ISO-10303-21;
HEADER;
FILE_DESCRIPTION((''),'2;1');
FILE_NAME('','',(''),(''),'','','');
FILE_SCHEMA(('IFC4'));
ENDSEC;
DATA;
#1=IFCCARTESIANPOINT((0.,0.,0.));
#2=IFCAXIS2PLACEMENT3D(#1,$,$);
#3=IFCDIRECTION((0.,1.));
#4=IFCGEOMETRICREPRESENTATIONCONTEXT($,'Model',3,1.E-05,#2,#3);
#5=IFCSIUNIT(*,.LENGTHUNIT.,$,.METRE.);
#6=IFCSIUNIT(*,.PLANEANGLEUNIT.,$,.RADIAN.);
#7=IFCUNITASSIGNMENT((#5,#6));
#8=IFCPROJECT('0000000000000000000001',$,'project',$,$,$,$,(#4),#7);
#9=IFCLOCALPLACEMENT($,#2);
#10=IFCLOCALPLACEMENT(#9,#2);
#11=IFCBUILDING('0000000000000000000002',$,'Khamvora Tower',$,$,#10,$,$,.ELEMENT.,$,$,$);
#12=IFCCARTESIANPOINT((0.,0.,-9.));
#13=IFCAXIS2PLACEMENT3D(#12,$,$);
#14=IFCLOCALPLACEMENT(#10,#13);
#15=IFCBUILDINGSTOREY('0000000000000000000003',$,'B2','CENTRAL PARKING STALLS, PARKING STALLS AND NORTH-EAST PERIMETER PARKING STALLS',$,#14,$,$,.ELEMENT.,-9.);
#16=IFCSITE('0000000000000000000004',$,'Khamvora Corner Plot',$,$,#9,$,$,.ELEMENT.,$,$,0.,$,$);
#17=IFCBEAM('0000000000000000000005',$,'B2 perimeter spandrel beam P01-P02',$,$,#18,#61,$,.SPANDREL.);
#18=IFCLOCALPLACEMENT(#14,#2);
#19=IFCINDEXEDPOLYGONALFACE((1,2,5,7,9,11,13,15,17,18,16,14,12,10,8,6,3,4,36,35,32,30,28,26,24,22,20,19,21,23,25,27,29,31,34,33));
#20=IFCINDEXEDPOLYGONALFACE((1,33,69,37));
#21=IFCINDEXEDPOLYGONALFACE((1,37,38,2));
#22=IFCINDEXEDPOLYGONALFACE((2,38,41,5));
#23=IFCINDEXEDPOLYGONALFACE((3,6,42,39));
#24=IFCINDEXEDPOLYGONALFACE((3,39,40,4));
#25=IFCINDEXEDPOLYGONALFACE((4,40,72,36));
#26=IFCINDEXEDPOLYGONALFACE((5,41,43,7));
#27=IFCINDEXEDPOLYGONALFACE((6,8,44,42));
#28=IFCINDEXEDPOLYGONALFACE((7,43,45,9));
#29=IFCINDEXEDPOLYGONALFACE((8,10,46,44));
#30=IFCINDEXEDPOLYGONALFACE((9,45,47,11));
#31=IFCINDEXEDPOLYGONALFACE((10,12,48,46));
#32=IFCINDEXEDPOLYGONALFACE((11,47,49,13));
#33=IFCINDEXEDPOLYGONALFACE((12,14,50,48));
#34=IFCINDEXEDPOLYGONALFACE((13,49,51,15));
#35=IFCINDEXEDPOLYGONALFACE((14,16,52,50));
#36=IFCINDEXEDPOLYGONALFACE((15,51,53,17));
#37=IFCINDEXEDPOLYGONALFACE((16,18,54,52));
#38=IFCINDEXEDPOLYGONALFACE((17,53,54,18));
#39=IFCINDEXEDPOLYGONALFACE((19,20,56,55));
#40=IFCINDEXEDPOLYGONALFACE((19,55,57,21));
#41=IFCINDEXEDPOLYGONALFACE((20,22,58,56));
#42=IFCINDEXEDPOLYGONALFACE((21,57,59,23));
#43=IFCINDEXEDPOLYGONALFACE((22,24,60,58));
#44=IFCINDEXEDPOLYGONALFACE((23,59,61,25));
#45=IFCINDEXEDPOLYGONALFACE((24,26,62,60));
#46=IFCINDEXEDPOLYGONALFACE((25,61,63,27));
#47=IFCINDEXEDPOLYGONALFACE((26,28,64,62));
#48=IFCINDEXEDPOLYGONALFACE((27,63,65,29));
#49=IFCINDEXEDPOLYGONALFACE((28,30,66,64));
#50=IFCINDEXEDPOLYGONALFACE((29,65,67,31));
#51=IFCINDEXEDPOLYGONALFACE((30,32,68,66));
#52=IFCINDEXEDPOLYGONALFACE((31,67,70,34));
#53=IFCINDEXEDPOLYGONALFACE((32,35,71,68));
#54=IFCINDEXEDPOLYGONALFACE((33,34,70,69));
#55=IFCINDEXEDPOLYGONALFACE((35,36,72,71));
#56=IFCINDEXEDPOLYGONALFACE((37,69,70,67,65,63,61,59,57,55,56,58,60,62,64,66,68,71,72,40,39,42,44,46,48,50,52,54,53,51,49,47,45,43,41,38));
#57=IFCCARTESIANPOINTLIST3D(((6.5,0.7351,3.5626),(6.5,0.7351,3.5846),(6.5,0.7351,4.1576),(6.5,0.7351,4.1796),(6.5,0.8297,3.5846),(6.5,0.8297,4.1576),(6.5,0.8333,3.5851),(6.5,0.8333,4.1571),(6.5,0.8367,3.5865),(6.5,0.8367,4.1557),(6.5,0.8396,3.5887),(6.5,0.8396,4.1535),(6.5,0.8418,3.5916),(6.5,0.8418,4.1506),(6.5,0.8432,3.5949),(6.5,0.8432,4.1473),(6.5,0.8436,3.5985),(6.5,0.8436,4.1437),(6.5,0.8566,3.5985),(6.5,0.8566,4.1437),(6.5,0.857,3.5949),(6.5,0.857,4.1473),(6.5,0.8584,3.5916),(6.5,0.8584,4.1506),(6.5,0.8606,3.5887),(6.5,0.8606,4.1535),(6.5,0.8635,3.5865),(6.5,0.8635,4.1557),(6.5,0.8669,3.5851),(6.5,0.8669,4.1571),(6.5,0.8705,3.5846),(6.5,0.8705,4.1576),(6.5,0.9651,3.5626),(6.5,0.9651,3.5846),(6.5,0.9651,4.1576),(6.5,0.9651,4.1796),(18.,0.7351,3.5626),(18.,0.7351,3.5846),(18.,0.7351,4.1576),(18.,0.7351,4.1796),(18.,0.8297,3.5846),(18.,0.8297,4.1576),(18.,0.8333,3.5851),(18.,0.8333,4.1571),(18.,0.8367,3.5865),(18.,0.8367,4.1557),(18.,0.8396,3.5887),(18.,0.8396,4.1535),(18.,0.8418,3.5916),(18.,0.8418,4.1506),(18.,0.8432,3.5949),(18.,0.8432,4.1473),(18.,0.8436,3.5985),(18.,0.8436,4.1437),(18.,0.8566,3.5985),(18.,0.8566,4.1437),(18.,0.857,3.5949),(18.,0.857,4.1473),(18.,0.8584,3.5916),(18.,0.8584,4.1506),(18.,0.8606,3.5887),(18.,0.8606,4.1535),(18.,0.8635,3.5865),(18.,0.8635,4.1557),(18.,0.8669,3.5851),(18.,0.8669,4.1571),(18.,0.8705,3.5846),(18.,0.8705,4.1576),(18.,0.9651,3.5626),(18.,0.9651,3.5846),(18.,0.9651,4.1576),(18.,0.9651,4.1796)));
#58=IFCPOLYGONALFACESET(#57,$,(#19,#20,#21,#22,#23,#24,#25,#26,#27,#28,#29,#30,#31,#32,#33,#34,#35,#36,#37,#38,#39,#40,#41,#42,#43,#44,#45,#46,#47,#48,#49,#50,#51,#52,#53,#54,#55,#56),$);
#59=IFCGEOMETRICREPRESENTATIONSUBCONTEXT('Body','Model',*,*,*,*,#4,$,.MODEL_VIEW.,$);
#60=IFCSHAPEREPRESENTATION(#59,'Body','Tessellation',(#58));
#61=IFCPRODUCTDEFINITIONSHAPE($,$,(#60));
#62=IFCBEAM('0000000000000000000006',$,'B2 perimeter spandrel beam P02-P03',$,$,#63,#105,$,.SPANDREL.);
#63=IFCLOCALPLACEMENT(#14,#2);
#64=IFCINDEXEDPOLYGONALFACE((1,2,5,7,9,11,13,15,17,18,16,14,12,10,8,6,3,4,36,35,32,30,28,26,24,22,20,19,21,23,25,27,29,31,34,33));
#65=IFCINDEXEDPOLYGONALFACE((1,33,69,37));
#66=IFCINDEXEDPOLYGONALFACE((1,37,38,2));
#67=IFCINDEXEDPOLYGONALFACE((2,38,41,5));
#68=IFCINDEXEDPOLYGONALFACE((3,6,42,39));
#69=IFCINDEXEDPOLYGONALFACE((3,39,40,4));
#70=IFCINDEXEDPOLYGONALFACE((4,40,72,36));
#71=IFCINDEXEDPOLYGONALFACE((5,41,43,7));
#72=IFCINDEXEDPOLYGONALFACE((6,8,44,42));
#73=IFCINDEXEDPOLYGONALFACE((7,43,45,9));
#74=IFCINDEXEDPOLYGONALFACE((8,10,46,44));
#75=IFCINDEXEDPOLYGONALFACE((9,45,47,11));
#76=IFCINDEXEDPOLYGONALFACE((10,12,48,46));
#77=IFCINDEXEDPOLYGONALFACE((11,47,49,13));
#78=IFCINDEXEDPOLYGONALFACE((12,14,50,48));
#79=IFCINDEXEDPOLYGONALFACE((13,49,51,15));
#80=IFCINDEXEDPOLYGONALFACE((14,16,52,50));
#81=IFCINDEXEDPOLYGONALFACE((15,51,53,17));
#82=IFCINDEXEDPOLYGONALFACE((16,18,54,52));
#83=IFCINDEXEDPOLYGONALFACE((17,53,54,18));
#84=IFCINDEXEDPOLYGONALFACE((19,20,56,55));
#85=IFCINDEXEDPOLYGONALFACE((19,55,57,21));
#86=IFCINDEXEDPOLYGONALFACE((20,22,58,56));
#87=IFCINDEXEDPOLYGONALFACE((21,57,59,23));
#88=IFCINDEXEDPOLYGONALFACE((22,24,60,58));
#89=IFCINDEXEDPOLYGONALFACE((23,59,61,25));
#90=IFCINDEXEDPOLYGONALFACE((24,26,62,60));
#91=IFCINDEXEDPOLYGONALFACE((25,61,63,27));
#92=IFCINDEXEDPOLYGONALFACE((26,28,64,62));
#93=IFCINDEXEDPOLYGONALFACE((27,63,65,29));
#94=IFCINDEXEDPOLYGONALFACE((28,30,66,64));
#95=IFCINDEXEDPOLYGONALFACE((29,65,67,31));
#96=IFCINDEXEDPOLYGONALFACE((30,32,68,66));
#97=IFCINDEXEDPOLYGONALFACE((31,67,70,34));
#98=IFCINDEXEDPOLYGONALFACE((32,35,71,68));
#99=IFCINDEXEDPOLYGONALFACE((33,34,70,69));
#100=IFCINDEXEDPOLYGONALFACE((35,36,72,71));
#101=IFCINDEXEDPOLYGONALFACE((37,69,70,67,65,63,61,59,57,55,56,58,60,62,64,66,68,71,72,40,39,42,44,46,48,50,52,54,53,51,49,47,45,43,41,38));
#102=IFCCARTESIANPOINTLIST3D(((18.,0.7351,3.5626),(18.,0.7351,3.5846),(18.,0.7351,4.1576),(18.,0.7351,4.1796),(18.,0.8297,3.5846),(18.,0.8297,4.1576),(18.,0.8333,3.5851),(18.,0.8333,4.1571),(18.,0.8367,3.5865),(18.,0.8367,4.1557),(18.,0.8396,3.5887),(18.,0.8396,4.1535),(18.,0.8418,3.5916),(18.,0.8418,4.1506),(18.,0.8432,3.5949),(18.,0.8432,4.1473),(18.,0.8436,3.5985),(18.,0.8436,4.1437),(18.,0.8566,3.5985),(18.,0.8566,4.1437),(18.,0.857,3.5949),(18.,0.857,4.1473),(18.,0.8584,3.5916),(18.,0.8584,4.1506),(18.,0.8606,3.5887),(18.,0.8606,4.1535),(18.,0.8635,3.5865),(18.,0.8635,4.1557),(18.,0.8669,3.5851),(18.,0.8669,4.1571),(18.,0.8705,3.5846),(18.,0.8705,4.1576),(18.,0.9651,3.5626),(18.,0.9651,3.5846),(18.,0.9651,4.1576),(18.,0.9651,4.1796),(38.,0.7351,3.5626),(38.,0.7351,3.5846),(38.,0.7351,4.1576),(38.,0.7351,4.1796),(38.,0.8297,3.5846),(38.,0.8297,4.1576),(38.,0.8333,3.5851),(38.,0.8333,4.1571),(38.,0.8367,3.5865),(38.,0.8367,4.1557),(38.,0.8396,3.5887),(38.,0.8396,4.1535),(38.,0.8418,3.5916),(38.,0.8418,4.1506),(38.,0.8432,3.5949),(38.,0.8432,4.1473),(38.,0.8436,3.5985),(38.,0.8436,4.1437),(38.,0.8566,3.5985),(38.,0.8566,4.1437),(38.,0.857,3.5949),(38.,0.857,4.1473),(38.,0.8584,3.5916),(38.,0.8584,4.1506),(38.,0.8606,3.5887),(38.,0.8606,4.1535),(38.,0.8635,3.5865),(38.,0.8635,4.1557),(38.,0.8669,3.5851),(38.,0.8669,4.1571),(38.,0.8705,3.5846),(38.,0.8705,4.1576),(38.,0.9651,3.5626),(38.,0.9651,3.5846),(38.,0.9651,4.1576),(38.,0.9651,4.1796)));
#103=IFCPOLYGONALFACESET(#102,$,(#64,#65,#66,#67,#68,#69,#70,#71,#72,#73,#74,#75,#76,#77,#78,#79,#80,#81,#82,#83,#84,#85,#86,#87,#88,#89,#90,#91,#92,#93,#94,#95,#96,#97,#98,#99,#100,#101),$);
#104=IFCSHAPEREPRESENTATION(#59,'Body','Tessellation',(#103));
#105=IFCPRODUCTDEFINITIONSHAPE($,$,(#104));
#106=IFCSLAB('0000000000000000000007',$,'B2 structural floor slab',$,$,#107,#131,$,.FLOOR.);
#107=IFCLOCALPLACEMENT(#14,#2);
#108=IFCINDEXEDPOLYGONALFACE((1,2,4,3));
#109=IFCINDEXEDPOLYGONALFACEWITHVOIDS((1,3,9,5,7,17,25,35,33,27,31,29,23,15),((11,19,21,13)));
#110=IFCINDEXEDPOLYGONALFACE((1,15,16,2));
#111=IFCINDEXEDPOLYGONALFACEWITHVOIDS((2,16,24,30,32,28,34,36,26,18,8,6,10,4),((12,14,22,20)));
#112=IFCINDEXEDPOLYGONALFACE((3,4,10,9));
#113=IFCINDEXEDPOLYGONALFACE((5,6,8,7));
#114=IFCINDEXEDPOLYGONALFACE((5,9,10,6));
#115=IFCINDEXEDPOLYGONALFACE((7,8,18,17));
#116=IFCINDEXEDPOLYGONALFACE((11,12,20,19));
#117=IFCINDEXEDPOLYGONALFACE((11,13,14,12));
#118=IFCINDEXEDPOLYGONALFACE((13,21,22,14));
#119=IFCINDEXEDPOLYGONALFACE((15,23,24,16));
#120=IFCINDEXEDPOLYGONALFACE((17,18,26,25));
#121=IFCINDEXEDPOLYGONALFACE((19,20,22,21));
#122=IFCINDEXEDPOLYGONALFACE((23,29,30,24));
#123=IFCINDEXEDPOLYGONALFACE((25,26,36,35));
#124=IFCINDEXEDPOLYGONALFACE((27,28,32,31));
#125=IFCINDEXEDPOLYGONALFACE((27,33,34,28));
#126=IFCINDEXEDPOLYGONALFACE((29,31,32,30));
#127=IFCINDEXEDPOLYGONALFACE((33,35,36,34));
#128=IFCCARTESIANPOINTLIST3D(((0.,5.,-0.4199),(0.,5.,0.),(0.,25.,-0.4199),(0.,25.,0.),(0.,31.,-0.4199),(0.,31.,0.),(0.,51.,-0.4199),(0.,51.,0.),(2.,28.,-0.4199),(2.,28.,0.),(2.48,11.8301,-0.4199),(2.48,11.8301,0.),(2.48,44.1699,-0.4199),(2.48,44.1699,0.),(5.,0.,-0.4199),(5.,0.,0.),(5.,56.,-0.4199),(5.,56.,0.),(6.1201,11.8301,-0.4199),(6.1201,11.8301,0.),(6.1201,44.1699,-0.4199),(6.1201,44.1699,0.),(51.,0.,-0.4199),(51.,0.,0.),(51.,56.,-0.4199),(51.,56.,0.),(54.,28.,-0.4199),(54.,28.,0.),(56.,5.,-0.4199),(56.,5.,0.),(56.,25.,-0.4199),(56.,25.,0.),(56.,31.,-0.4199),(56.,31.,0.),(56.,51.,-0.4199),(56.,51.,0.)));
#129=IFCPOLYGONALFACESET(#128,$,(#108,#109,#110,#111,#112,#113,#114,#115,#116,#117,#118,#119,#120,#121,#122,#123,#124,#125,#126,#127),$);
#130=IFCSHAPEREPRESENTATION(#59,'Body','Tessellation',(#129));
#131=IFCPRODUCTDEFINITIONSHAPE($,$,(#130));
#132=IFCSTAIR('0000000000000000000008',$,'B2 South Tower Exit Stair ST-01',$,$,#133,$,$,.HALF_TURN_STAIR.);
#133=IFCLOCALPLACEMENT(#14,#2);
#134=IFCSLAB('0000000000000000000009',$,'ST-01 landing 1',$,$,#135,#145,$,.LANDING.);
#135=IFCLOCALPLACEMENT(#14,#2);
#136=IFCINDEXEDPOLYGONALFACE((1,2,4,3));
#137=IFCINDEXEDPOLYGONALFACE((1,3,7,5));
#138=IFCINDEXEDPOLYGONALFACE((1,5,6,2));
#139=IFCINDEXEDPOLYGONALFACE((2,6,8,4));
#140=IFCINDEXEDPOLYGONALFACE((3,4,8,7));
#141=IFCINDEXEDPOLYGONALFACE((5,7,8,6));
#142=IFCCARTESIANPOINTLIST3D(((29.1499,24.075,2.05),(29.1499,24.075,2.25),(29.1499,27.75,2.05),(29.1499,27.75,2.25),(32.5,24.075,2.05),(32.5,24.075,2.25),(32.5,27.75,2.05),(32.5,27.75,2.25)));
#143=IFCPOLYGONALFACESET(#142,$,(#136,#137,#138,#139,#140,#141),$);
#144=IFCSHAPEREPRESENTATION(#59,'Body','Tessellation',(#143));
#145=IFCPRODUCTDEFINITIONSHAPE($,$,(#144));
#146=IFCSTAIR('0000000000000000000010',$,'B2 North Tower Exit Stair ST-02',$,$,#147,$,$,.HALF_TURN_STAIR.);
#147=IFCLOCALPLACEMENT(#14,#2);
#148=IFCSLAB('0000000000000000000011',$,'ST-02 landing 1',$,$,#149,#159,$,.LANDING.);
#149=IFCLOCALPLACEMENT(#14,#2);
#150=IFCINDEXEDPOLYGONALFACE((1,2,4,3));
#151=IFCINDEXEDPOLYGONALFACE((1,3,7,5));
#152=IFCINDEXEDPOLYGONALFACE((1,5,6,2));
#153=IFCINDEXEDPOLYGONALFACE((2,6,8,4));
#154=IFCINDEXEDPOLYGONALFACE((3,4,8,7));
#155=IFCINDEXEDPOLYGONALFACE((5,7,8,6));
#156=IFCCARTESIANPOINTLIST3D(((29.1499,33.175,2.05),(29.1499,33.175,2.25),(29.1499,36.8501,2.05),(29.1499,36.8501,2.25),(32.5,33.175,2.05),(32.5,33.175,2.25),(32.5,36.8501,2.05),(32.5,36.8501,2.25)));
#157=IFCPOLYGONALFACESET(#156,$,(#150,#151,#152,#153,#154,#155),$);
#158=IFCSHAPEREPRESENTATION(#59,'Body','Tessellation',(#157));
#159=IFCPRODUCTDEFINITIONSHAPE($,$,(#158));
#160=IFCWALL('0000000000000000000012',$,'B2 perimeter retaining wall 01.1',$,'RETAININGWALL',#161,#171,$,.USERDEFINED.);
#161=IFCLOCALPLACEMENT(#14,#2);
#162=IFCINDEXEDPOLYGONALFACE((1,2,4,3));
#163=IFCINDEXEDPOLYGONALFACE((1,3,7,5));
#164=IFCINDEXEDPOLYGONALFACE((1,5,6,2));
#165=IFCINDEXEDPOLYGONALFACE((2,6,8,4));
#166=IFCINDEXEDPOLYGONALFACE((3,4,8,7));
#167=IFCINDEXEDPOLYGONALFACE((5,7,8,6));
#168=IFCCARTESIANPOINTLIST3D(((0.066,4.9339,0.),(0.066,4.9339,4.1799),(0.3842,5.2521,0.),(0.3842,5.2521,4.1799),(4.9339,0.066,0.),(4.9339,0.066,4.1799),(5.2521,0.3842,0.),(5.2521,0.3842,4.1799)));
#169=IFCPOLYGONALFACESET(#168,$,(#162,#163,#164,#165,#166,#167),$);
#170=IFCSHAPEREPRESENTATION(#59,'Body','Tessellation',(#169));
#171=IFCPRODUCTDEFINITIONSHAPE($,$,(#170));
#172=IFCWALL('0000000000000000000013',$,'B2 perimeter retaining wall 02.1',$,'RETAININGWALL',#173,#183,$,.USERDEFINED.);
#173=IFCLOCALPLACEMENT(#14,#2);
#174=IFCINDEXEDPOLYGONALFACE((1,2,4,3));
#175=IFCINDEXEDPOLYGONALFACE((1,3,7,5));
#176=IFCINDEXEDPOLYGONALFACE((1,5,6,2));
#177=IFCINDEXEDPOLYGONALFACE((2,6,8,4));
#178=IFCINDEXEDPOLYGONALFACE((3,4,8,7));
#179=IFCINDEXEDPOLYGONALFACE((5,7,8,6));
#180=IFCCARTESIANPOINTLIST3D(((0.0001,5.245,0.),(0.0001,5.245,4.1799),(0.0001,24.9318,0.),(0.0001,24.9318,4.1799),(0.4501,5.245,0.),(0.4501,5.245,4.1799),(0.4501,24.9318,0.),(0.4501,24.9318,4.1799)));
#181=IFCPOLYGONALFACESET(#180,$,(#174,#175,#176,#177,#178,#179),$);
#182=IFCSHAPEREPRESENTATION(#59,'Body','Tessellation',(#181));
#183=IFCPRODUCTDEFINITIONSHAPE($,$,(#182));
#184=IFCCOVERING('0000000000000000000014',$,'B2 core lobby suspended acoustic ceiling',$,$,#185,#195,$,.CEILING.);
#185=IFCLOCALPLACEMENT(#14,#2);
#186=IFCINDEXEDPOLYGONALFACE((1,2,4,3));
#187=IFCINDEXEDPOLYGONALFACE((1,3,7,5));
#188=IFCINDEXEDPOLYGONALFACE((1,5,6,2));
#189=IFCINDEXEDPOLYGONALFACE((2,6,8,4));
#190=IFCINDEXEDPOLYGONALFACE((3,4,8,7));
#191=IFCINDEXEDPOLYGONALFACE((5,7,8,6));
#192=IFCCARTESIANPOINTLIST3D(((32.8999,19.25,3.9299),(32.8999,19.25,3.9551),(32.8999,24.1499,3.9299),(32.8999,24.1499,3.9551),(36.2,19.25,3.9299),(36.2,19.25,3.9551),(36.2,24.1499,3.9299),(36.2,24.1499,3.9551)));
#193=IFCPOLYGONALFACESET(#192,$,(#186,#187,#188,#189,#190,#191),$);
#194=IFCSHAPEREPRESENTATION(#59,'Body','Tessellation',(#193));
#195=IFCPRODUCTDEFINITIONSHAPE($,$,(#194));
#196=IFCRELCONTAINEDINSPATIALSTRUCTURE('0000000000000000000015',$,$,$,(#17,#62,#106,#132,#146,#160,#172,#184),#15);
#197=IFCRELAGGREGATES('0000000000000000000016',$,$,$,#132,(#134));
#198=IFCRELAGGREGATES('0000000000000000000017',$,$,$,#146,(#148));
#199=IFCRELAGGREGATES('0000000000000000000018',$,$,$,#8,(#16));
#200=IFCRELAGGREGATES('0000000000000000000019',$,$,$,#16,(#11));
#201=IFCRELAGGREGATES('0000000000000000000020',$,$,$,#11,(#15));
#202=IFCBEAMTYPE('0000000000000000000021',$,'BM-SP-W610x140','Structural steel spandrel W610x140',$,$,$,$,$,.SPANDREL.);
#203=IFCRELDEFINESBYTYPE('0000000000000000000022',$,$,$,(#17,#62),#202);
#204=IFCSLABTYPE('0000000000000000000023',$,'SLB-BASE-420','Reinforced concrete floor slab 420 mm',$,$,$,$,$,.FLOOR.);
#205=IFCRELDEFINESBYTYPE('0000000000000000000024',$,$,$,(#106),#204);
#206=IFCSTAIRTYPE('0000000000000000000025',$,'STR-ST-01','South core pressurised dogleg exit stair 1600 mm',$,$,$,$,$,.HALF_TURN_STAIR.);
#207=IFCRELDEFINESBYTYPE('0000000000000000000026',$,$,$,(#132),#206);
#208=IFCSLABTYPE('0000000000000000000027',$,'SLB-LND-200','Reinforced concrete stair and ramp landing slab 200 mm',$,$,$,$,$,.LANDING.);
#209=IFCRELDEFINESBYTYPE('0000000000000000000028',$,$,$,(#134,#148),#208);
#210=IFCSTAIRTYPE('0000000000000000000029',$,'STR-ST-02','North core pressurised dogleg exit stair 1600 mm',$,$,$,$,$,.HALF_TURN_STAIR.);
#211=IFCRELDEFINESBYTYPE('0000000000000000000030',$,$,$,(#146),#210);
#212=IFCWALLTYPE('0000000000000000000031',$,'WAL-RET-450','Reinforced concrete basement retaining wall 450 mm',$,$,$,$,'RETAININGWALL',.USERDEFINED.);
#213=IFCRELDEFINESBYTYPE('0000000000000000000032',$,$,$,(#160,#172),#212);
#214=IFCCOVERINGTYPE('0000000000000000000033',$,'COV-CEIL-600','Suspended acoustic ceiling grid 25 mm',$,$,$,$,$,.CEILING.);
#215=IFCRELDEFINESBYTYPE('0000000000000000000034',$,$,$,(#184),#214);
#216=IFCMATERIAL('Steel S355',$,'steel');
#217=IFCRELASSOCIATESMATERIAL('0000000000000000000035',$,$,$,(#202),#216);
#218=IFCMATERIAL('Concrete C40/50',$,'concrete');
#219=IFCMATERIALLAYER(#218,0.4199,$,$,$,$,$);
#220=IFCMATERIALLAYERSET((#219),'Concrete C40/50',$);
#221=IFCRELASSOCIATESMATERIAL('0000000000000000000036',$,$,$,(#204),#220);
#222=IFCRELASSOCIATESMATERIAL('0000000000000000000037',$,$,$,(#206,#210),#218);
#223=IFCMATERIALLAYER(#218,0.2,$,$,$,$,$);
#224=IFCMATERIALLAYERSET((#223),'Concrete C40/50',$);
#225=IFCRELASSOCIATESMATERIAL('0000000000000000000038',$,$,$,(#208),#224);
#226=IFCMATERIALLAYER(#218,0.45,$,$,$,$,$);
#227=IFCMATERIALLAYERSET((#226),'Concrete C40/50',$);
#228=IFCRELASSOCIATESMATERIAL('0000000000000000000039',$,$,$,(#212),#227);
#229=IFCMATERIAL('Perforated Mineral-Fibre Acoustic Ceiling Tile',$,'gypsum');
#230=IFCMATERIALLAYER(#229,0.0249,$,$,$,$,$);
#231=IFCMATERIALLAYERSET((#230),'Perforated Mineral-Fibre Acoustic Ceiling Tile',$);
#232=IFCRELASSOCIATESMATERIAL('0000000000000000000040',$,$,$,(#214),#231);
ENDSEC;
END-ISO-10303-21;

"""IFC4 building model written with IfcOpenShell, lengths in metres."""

from ifc_helpers import new_model, si_unit, direction, frame, frame_2d, origin, origin_2d, place, context, subcontext, project, spatial, polyline, rectangle, i_section, outline, extrude, material, layer, layer_set, material_profile, profile_set, type_object, element, aggregate, save


model = new_model("IFC4")

# Units and contexts
model_context = context("Model", 3, precision=1e-05, world=origin(), true_north=direction((0.0, 1.0)))
body_context = subcontext(model_context, "Body", "Model", "MODEL_VIEW")
ifc_project = project(units=[si_unit("LENGTHUNIT", "METRE"), si_unit("PLANEANGLEUNIT", "RADIAN")], contexts=[model_context])

# Site, building, storey
site_placement = place(None, origin())
site = spatial("IfcSite", under=ifc_project, at=site_placement, Name="Khamvora Corner Plot", CompositionType="ELEMENT", RefElevation=0.0)
building_placement = place(site_placement, origin())
building = spatial("IfcBuilding", under=site, at=building_placement, Name="Khamvora Tower", CompositionType="ELEMENT")
storey_placement = place(building_placement, frame((0.0, 0.0, -9.0)))
storey = spatial("IfcBuildingStorey", under=building, at=storey_placement, Name="B2", Description="CENTRAL PARKING STALLS, PARKING STALLS AND NORTH-EAST PERIMETER PARKING STALLS", CompositionType="ELEMENT", Elevation=-9.0)

# Shared definitions
ifc_material_1 = material(Name="Concrete C40/50", Category="concrete")

# Shared definitions
ifc_material_2 = material(Name="Steel S355", Category="steel")

# Beams
ifc_material_profile_1 = material_profile(ifc_material_2, i_section(OverallWidth=0.23, OverallDepth=0.6169, WebThickness=0.0129, FlangeThickness=0.022, FilletRadius=0.0139, at=origin_2d()), Name="W610x140")
ifc_profile_set_1 = profile_set([ifc_material_profile_1], Name="Steel S355")
beam_type_1 = type_object("IfcBeamType", Name="BM-SP-W610x140", Description="Structural steel spandrel W610x140", PredefinedType="SPANDREL", material=ifc_profile_set_1)
beam_1_placement = place(storey_placement, frame((6.5, 0.8501, 3.8711), z_axis=(1.0, 0.0, 0.0), x_axis=(0.0, 1.0, 0.0)))
element("IfcBeam", 1, at=beam_1_placement, inside=storey, type_object=beam_type_1, Name="B2 perimeter spandrel beam P01-P02", PredefinedType="SPANDREL", context=body_context, shape_type="SweptSolid", body=[
    extrude(i_section(OverallWidth=0.23, OverallDepth=0.6169, WebThickness=0.0129, FlangeThickness=0.022, FilletRadius=0.0139, at=origin_2d()), origin(), (0.0, 0.0, 1.0), 11.5),
])
beam_2_placement = place(storey_placement, frame((18.0, 0.8501, 3.8711), z_axis=(1.0, 0.0, 0.0), x_axis=(0.0, 1.0, 0.0)))
element("IfcBeam", 2, at=beam_2_placement, inside=storey, type_object=beam_type_1, Name="B2 perimeter spandrel beam P02-P03", PredefinedType="SPANDREL", context=body_context, shape_type="SweptSolid", body=[
    extrude(i_section(OverallWidth=0.23, OverallDepth=0.6169, WebThickness=0.0129, FlangeThickness=0.022, FilletRadius=0.0139, at=origin_2d()), origin(), (0.0, 0.0, 1.0), 20.0),
])

# Slab
ifc_layer_1 = layer(ifc_material_1, 0.4199)
ifc_layer_set_1 = layer_set([ifc_layer_1], Name="Concrete C40/50")
slab_type_1 = type_object("IfcSlabType", Name="SLB-BASE-420", Description="Reinforced concrete floor slab 420 mm", PredefinedType="FLOOR", material=ifc_layer_set_1)
slab_1_placement = place(storey_placement, frame((0.0, 0.0, -0.4199)))
element("IfcSlab", 3, at=slab_1_placement, inside=storey, type_object=slab_type_1, Name="B2 structural floor slab", PredefinedType="FLOOR", context=body_context, shape_type="SweptSolid", body=[
    extrude(outline(polyline([(5.0, 0.0), (51.0, 0.0), (56.0, 5.0), (56.0, 25.0), (54.0, 28.0), (56.0, 31.0), (56.0, 51.0), (51.0, 56.0), (5.0, 56.0), (0.0, 51.0), (0.0, 31.0), (2.0, 28.0), (0.0, 25.0), (0.0, 5.0), (5.0, 0.0)]), holes=[polyline([(2.48, 11.8301), (6.1201, 11.8301), (6.1201, 44.1699), (2.48, 44.1699), (2.48, 11.8301)])]), origin(), (0.0, 0.0, 1.0), 0.4199),
])

# Stairs, slabs
stair_type_1 = type_object("IfcStairType", Name="STR-ST-01", Description="South core pressurised dogleg exit stair 1600 mm", PredefinedType="HALF_TURN_STAIR", material=ifc_material_1)
stair_1_placement = place(storey_placement, origin())
stair_1 = element("IfcStair", 4, at=stair_1_placement, inside=storey, type_object=stair_type_1, Name="B2 South Tower Exit Stair ST-01", PredefinedType="HALF_TURN_STAIR")
ifc_layer_2 = layer(ifc_material_1, 0.2)
ifc_layer_set_2 = layer_set([ifc_layer_2], Name="Concrete C40/50")
slab_type_2 = type_object("IfcSlabType", Name="SLB-LND-200", Description="Reinforced concrete stair and ramp landing slab 200 mm", PredefinedType="LANDING", material=ifc_layer_set_2)
slab_2_placement = place(storey_placement, frame((0.0, 0.0, 2.05)))
slab_2 = element("IfcSlab", 5, at=slab_2_placement, type_object=slab_type_2, Name="ST-01 landing 1", PredefinedType="LANDING", context=body_context, shape_type="SweptSolid", body=[
    extrude(outline(polyline([(32.5, 24.075), (32.5, 27.75), (29.1499, 27.75), (29.1499, 24.075), (32.5, 24.075)])), origin(), (0.0, 0.0, 1.0), 0.2),
])
aggregate(stair_1, [slab_2])
stair_type_2 = type_object("IfcStairType", Name="STR-ST-02", Description="North core pressurised dogleg exit stair 1600 mm", PredefinedType="HALF_TURN_STAIR", material=ifc_material_1)
stair_2_placement = place(storey_placement, origin())
stair_2 = element("IfcStair", 6, at=stair_2_placement, inside=storey, type_object=stair_type_2, Name="B2 North Tower Exit Stair ST-02", PredefinedType="HALF_TURN_STAIR")
slab_3_placement = place(storey_placement, frame((0.0, 0.0, 2.05)))
slab_3 = element("IfcSlab", 7, at=slab_3_placement, type_object=slab_type_2, Name="ST-02 landing 1", PredefinedType="LANDING", context=body_context, shape_type="SweptSolid", body=[
    extrude(outline(polyline([(32.5, 33.175), (32.5, 36.8501), (29.1499, 36.8501), (29.1499, 33.175), (32.5, 33.175)])), origin(), (0.0, 0.0, 1.0), 0.2),
])
aggregate(stair_2, [slab_3])

# Walls
ifc_layer_3 = layer(ifc_material_1, 0.45)
ifc_layer_set_3 = layer_set([ifc_layer_3], Name="Concrete C40/50")
wall_type = type_object("IfcWallType", Name="WAL-RET-450", Description="Reinforced concrete basement retaining wall 450 mm", ElementType="RETAININGWALL", PredefinedType="USERDEFINED", material=ifc_layer_set_3)
wall_1_placement = place(storey_placement, frame((5.093, 0.2251, 0.0), z_axis=(0.0, 0.0, 1.0), x_axis=(-0.707107, 0.707107, 0.0)))
element("IfcWall", 8, at=wall_1_placement, inside=storey, type_object=wall_type, Name="B2 perimeter retaining wall 01.1", ObjectType="RETAININGWALL", PredefinedType="USERDEFINED", context=body_context, shape_type="SweptSolid", body=[
    extrude(rectangle(XDim=6.8843, YDim=0.45, at=frame_2d((3.4421, 0.0))), origin(), (0.0, 0.0, 1.0), 4.1799),
])
wall_2_placement = place(storey_placement, frame((0.2251, 5.2451, 0.0), z_axis=(0.0, 0.0, 1.0), x_axis=(0.0, 1.0, 0.0)))
element("IfcWall", 9, at=wall_2_placement, inside=storey, type_object=wall_type, Name="B2 perimeter retaining wall 02.1", ObjectType="RETAININGWALL", PredefinedType="USERDEFINED", context=body_context, shape_type="SweptSolid", body=[
    extrude(rectangle(XDim=19.6868, YDim=0.45, at=frame_2d((9.8433, 0.0))), origin(), (0.0, 0.0, 1.0), 4.1799),
])

# Covering
ifc_material_3 = material(Name="Perforated Mineral-Fibre Acoustic Ceiling Tile", Category="gypsum")
ifc_layer_4 = layer(ifc_material_3, 0.0249)
ifc_layer_set_4 = layer_set([ifc_layer_4], Name="Perforated Mineral-Fibre Acoustic Ceiling Tile")
covering_type_1 = type_object("IfcCoveringType", Name="COV-CEIL-600", Description="Suspended acoustic ceiling grid 25 mm", PredefinedType="CEILING", material=ifc_layer_set_4)
covering_1_placement = place(storey_placement, frame((0.0, 0.0, 3.9299)))
element("IfcCovering", 10, at=covering_1_placement, inside=storey, type_object=covering_type_1, Name="B2 core lobby suspended acoustic ceiling", PredefinedType="CEILING", context=body_context, shape_type="SweptSolid", body=[
    extrude(outline(polyline([(32.8999, 19.25), (36.2, 19.25), (36.2, 24.1499), (32.8999, 24.1499), (32.8999, 19.25)])), origin(), (0.0, 0.0, 1.0), 0.0251),
])

save(model, "model.ifc")
